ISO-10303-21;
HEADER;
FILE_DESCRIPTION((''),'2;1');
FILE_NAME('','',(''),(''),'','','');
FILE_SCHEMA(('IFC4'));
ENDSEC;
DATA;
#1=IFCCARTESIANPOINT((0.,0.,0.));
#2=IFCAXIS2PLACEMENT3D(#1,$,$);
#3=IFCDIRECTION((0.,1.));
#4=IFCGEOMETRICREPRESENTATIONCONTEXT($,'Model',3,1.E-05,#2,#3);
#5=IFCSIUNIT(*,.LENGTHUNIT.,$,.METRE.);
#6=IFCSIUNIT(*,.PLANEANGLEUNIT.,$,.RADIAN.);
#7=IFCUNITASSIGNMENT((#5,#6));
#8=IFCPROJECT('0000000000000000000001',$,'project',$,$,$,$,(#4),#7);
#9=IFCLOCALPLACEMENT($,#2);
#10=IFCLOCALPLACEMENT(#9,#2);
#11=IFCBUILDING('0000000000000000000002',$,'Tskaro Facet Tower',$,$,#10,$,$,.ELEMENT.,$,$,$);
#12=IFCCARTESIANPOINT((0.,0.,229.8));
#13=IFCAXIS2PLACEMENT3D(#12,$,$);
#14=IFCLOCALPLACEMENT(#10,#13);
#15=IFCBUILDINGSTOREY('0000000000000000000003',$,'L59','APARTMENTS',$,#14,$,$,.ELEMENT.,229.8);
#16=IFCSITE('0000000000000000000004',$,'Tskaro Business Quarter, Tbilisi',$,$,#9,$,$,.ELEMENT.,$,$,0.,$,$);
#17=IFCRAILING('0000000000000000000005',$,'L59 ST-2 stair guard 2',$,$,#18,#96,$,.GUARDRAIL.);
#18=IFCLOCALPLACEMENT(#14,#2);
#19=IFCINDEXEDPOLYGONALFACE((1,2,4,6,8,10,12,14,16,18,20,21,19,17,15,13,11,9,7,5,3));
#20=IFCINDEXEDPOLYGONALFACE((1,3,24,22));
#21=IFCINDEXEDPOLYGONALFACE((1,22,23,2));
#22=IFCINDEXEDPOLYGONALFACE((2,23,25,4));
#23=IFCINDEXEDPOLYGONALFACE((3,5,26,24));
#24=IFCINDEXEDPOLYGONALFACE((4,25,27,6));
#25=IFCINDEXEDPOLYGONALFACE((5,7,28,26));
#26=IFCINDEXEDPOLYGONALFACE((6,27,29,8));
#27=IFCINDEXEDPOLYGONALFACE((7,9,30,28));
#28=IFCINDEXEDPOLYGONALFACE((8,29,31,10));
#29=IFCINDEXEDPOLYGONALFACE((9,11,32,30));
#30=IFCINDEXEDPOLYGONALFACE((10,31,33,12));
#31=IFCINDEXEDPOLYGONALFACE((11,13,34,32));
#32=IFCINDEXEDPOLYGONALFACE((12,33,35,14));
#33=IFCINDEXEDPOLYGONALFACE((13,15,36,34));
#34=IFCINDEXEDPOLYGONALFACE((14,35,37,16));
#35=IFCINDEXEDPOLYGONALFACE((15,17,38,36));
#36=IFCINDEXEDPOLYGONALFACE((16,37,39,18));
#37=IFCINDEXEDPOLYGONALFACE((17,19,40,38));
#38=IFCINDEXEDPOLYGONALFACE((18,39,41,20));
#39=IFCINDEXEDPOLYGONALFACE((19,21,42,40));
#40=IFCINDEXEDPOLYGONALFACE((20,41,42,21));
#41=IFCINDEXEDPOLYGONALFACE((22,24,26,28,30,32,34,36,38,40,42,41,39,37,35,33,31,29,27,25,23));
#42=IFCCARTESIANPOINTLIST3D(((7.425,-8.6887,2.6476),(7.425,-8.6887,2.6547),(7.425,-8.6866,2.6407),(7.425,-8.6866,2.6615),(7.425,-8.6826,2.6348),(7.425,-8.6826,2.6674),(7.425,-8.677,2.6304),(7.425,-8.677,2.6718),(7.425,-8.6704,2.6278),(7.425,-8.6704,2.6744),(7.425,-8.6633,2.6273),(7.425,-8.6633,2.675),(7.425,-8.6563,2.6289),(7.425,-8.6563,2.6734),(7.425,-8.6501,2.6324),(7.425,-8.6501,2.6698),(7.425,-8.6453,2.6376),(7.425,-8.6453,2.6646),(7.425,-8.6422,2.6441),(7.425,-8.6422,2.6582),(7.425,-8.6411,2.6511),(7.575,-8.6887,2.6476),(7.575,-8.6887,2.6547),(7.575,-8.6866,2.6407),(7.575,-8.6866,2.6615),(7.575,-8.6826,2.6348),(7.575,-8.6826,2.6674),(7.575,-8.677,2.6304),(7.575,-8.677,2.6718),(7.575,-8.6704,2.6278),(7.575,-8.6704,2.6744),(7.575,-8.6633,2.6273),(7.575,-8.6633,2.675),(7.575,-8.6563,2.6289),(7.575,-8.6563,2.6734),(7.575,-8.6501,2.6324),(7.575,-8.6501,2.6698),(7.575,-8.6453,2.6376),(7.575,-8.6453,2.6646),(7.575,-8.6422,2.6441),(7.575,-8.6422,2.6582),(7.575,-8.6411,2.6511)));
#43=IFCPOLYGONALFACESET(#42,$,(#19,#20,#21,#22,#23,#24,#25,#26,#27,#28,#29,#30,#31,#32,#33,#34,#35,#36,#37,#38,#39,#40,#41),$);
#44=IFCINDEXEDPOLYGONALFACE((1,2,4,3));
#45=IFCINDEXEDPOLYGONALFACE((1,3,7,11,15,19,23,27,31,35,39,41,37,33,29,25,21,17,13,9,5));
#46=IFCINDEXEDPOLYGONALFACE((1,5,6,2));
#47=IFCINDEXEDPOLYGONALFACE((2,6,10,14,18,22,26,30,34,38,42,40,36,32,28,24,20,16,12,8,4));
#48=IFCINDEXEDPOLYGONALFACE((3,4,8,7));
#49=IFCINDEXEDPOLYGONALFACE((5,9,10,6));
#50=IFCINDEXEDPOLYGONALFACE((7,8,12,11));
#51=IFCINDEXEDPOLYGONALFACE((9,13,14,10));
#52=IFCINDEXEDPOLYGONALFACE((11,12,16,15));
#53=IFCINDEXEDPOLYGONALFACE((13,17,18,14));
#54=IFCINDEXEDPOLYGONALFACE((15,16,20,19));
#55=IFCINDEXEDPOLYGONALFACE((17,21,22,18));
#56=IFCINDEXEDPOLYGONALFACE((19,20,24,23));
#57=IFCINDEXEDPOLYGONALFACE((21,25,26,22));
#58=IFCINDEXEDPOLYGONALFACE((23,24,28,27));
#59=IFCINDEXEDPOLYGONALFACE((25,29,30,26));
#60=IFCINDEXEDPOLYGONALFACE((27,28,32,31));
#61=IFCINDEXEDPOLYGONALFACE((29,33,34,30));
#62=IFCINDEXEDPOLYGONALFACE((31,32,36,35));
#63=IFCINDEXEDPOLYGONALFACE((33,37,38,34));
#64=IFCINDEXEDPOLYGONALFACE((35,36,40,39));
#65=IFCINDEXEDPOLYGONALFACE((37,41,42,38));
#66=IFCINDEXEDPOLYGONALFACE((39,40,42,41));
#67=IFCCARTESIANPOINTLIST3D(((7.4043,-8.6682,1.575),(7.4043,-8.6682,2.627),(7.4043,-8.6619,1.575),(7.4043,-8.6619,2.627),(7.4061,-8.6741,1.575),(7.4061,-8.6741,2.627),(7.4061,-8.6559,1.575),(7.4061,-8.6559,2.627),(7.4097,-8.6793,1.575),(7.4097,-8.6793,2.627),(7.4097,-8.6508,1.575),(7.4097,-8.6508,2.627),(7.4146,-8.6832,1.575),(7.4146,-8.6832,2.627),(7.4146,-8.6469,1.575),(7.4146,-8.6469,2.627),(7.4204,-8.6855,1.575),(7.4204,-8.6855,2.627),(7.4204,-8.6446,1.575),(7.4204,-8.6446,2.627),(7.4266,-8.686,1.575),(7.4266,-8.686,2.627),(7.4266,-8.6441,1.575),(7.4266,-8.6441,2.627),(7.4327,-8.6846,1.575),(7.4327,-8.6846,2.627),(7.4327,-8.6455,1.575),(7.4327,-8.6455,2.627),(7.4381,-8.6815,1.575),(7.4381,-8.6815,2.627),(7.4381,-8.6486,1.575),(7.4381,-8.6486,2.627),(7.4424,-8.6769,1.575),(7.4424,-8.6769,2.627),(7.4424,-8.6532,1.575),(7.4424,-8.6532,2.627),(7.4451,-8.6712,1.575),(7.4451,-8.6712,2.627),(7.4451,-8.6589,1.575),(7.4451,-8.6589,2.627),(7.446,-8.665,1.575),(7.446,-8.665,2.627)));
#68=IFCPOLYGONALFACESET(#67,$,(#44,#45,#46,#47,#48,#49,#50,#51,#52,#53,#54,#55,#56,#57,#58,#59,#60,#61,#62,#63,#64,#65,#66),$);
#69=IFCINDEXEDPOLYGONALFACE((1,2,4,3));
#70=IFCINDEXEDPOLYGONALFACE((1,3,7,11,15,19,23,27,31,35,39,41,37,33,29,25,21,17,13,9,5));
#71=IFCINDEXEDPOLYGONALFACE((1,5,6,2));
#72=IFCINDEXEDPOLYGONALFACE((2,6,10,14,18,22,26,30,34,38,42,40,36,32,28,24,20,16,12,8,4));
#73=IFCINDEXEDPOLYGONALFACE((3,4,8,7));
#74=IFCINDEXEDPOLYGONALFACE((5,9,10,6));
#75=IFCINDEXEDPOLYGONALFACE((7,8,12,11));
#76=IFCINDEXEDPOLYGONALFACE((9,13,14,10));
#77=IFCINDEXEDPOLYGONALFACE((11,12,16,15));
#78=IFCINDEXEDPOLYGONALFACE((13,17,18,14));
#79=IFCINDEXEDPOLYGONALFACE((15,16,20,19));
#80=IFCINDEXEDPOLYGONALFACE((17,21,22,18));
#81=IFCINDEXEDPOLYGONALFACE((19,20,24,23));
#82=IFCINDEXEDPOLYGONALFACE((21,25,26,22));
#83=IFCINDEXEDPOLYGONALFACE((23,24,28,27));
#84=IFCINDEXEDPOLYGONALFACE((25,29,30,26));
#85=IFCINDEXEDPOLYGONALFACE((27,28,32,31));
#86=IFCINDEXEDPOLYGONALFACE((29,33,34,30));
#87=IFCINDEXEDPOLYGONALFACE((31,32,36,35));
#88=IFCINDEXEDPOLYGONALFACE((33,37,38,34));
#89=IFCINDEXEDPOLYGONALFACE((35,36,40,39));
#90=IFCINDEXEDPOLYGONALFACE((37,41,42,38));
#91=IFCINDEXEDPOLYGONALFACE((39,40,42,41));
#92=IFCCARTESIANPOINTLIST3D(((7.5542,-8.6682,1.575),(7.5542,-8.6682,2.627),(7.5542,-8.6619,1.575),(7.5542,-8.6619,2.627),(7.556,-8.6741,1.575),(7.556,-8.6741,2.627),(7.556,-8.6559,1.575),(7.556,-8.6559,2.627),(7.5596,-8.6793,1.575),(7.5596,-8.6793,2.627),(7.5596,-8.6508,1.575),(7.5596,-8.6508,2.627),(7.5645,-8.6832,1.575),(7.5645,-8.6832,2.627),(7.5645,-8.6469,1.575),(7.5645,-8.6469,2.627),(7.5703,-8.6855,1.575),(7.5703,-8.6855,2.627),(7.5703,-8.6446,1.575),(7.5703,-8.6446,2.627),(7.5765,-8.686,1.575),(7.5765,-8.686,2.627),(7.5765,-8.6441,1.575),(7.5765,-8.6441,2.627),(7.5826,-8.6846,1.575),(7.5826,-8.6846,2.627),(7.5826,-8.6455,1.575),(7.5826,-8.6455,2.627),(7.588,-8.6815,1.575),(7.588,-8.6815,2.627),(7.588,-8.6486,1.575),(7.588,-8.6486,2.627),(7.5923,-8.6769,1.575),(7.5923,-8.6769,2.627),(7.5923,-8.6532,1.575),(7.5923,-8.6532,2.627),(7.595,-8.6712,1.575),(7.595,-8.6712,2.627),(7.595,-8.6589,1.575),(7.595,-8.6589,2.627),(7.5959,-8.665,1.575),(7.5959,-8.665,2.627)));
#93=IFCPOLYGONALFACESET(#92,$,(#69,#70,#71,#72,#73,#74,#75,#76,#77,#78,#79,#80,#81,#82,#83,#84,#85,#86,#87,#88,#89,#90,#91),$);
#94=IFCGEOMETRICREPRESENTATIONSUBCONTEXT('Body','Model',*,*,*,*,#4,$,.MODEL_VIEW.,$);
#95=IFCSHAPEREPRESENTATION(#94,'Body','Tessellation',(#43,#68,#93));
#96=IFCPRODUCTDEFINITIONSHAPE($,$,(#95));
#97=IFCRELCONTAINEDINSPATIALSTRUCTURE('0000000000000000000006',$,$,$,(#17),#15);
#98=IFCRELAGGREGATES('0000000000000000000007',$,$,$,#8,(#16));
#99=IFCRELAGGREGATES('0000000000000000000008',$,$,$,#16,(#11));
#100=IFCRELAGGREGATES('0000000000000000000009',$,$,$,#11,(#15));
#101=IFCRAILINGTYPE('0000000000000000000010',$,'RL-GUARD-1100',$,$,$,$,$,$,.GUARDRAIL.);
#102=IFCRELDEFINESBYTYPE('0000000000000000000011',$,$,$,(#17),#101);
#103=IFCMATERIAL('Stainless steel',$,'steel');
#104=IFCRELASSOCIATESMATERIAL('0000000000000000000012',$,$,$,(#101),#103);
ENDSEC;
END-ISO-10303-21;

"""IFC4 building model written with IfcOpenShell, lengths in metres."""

from ifc_helpers import new_model, si_unit, direction, frame, origin, origin_2d, place, context, subcontext, project, spatial, circle, extrude, material, type_object, element, save


model = new_model("IFC4")

# Units and contexts
model_context = context("Model", 3, precision=1e-05, world=origin(), true_north=direction((0.0, 1.0)))
body_context = subcontext(model_context, "Body", "Model", "MODEL_VIEW")
ifc_project = project(units=[si_unit("LENGTHUNIT", "METRE"), si_unit("PLANEANGLEUNIT", "RADIAN")], contexts=[model_context])

# Site, building, storey
site_placement = place(None, origin())
site = spatial("IfcSite", under=ifc_project, at=site_placement, Name="Tskaro Business Quarter, Tbilisi", CompositionType="ELEMENT", RefElevation=0.0)
building_placement = place(site_placement, origin())
building = spatial("IfcBuilding", under=site, at=building_placement, Name="Tskaro Facet Tower", CompositionType="ELEMENT")
storey_placement = place(building_placement, frame((0.0, 0.0, 229.8)))
storey = spatial("IfcBuildingStorey", under=building, at=storey_placement, Name="L59", Description="APARTMENTS", CompositionType="ELEMENT", Elevation=229.8)

# Shared definitions
ifc_material_1 = material(Name="Stainless steel", Category="steel")

# Railing
railing_type_1 = type_object("IfcRailingType", Name="RL-GUARD-1100", PredefinedType="GUARDRAIL", material=ifc_material_1)
railing_1_placement = place(storey_placement, frame((7.425, -8.665, 1.575)))
element("IfcRailing", 1, at=railing_1_placement, inside=storey, type_object=railing_type_1, Name="L59 ST-2 stair guard 2", PredefinedType="GUARDRAIL", context=body_context, shape_type="SweptSolid", body=[
    extrude(circle(Radius=0.0239, at=origin_2d()), frame((0.0, 0.0, 1.0762), z_axis=(1.0, 0.0, 0.0), x_axis=(0.0, 1.0, 0.0)), (0.0, 0.0, 1.0), 0.1499),
    extrude(circle(Radius=0.021, at=origin_2d()), origin(), (0.0, 0.0, 1.0), 1.052),
    extrude(circle(Radius=0.021, at=origin_2d()), frame((0.1499, 0.0, 0.0)), (0.0, 0.0, 1.0), 1.052),
])

save(model, "model.ifc")
